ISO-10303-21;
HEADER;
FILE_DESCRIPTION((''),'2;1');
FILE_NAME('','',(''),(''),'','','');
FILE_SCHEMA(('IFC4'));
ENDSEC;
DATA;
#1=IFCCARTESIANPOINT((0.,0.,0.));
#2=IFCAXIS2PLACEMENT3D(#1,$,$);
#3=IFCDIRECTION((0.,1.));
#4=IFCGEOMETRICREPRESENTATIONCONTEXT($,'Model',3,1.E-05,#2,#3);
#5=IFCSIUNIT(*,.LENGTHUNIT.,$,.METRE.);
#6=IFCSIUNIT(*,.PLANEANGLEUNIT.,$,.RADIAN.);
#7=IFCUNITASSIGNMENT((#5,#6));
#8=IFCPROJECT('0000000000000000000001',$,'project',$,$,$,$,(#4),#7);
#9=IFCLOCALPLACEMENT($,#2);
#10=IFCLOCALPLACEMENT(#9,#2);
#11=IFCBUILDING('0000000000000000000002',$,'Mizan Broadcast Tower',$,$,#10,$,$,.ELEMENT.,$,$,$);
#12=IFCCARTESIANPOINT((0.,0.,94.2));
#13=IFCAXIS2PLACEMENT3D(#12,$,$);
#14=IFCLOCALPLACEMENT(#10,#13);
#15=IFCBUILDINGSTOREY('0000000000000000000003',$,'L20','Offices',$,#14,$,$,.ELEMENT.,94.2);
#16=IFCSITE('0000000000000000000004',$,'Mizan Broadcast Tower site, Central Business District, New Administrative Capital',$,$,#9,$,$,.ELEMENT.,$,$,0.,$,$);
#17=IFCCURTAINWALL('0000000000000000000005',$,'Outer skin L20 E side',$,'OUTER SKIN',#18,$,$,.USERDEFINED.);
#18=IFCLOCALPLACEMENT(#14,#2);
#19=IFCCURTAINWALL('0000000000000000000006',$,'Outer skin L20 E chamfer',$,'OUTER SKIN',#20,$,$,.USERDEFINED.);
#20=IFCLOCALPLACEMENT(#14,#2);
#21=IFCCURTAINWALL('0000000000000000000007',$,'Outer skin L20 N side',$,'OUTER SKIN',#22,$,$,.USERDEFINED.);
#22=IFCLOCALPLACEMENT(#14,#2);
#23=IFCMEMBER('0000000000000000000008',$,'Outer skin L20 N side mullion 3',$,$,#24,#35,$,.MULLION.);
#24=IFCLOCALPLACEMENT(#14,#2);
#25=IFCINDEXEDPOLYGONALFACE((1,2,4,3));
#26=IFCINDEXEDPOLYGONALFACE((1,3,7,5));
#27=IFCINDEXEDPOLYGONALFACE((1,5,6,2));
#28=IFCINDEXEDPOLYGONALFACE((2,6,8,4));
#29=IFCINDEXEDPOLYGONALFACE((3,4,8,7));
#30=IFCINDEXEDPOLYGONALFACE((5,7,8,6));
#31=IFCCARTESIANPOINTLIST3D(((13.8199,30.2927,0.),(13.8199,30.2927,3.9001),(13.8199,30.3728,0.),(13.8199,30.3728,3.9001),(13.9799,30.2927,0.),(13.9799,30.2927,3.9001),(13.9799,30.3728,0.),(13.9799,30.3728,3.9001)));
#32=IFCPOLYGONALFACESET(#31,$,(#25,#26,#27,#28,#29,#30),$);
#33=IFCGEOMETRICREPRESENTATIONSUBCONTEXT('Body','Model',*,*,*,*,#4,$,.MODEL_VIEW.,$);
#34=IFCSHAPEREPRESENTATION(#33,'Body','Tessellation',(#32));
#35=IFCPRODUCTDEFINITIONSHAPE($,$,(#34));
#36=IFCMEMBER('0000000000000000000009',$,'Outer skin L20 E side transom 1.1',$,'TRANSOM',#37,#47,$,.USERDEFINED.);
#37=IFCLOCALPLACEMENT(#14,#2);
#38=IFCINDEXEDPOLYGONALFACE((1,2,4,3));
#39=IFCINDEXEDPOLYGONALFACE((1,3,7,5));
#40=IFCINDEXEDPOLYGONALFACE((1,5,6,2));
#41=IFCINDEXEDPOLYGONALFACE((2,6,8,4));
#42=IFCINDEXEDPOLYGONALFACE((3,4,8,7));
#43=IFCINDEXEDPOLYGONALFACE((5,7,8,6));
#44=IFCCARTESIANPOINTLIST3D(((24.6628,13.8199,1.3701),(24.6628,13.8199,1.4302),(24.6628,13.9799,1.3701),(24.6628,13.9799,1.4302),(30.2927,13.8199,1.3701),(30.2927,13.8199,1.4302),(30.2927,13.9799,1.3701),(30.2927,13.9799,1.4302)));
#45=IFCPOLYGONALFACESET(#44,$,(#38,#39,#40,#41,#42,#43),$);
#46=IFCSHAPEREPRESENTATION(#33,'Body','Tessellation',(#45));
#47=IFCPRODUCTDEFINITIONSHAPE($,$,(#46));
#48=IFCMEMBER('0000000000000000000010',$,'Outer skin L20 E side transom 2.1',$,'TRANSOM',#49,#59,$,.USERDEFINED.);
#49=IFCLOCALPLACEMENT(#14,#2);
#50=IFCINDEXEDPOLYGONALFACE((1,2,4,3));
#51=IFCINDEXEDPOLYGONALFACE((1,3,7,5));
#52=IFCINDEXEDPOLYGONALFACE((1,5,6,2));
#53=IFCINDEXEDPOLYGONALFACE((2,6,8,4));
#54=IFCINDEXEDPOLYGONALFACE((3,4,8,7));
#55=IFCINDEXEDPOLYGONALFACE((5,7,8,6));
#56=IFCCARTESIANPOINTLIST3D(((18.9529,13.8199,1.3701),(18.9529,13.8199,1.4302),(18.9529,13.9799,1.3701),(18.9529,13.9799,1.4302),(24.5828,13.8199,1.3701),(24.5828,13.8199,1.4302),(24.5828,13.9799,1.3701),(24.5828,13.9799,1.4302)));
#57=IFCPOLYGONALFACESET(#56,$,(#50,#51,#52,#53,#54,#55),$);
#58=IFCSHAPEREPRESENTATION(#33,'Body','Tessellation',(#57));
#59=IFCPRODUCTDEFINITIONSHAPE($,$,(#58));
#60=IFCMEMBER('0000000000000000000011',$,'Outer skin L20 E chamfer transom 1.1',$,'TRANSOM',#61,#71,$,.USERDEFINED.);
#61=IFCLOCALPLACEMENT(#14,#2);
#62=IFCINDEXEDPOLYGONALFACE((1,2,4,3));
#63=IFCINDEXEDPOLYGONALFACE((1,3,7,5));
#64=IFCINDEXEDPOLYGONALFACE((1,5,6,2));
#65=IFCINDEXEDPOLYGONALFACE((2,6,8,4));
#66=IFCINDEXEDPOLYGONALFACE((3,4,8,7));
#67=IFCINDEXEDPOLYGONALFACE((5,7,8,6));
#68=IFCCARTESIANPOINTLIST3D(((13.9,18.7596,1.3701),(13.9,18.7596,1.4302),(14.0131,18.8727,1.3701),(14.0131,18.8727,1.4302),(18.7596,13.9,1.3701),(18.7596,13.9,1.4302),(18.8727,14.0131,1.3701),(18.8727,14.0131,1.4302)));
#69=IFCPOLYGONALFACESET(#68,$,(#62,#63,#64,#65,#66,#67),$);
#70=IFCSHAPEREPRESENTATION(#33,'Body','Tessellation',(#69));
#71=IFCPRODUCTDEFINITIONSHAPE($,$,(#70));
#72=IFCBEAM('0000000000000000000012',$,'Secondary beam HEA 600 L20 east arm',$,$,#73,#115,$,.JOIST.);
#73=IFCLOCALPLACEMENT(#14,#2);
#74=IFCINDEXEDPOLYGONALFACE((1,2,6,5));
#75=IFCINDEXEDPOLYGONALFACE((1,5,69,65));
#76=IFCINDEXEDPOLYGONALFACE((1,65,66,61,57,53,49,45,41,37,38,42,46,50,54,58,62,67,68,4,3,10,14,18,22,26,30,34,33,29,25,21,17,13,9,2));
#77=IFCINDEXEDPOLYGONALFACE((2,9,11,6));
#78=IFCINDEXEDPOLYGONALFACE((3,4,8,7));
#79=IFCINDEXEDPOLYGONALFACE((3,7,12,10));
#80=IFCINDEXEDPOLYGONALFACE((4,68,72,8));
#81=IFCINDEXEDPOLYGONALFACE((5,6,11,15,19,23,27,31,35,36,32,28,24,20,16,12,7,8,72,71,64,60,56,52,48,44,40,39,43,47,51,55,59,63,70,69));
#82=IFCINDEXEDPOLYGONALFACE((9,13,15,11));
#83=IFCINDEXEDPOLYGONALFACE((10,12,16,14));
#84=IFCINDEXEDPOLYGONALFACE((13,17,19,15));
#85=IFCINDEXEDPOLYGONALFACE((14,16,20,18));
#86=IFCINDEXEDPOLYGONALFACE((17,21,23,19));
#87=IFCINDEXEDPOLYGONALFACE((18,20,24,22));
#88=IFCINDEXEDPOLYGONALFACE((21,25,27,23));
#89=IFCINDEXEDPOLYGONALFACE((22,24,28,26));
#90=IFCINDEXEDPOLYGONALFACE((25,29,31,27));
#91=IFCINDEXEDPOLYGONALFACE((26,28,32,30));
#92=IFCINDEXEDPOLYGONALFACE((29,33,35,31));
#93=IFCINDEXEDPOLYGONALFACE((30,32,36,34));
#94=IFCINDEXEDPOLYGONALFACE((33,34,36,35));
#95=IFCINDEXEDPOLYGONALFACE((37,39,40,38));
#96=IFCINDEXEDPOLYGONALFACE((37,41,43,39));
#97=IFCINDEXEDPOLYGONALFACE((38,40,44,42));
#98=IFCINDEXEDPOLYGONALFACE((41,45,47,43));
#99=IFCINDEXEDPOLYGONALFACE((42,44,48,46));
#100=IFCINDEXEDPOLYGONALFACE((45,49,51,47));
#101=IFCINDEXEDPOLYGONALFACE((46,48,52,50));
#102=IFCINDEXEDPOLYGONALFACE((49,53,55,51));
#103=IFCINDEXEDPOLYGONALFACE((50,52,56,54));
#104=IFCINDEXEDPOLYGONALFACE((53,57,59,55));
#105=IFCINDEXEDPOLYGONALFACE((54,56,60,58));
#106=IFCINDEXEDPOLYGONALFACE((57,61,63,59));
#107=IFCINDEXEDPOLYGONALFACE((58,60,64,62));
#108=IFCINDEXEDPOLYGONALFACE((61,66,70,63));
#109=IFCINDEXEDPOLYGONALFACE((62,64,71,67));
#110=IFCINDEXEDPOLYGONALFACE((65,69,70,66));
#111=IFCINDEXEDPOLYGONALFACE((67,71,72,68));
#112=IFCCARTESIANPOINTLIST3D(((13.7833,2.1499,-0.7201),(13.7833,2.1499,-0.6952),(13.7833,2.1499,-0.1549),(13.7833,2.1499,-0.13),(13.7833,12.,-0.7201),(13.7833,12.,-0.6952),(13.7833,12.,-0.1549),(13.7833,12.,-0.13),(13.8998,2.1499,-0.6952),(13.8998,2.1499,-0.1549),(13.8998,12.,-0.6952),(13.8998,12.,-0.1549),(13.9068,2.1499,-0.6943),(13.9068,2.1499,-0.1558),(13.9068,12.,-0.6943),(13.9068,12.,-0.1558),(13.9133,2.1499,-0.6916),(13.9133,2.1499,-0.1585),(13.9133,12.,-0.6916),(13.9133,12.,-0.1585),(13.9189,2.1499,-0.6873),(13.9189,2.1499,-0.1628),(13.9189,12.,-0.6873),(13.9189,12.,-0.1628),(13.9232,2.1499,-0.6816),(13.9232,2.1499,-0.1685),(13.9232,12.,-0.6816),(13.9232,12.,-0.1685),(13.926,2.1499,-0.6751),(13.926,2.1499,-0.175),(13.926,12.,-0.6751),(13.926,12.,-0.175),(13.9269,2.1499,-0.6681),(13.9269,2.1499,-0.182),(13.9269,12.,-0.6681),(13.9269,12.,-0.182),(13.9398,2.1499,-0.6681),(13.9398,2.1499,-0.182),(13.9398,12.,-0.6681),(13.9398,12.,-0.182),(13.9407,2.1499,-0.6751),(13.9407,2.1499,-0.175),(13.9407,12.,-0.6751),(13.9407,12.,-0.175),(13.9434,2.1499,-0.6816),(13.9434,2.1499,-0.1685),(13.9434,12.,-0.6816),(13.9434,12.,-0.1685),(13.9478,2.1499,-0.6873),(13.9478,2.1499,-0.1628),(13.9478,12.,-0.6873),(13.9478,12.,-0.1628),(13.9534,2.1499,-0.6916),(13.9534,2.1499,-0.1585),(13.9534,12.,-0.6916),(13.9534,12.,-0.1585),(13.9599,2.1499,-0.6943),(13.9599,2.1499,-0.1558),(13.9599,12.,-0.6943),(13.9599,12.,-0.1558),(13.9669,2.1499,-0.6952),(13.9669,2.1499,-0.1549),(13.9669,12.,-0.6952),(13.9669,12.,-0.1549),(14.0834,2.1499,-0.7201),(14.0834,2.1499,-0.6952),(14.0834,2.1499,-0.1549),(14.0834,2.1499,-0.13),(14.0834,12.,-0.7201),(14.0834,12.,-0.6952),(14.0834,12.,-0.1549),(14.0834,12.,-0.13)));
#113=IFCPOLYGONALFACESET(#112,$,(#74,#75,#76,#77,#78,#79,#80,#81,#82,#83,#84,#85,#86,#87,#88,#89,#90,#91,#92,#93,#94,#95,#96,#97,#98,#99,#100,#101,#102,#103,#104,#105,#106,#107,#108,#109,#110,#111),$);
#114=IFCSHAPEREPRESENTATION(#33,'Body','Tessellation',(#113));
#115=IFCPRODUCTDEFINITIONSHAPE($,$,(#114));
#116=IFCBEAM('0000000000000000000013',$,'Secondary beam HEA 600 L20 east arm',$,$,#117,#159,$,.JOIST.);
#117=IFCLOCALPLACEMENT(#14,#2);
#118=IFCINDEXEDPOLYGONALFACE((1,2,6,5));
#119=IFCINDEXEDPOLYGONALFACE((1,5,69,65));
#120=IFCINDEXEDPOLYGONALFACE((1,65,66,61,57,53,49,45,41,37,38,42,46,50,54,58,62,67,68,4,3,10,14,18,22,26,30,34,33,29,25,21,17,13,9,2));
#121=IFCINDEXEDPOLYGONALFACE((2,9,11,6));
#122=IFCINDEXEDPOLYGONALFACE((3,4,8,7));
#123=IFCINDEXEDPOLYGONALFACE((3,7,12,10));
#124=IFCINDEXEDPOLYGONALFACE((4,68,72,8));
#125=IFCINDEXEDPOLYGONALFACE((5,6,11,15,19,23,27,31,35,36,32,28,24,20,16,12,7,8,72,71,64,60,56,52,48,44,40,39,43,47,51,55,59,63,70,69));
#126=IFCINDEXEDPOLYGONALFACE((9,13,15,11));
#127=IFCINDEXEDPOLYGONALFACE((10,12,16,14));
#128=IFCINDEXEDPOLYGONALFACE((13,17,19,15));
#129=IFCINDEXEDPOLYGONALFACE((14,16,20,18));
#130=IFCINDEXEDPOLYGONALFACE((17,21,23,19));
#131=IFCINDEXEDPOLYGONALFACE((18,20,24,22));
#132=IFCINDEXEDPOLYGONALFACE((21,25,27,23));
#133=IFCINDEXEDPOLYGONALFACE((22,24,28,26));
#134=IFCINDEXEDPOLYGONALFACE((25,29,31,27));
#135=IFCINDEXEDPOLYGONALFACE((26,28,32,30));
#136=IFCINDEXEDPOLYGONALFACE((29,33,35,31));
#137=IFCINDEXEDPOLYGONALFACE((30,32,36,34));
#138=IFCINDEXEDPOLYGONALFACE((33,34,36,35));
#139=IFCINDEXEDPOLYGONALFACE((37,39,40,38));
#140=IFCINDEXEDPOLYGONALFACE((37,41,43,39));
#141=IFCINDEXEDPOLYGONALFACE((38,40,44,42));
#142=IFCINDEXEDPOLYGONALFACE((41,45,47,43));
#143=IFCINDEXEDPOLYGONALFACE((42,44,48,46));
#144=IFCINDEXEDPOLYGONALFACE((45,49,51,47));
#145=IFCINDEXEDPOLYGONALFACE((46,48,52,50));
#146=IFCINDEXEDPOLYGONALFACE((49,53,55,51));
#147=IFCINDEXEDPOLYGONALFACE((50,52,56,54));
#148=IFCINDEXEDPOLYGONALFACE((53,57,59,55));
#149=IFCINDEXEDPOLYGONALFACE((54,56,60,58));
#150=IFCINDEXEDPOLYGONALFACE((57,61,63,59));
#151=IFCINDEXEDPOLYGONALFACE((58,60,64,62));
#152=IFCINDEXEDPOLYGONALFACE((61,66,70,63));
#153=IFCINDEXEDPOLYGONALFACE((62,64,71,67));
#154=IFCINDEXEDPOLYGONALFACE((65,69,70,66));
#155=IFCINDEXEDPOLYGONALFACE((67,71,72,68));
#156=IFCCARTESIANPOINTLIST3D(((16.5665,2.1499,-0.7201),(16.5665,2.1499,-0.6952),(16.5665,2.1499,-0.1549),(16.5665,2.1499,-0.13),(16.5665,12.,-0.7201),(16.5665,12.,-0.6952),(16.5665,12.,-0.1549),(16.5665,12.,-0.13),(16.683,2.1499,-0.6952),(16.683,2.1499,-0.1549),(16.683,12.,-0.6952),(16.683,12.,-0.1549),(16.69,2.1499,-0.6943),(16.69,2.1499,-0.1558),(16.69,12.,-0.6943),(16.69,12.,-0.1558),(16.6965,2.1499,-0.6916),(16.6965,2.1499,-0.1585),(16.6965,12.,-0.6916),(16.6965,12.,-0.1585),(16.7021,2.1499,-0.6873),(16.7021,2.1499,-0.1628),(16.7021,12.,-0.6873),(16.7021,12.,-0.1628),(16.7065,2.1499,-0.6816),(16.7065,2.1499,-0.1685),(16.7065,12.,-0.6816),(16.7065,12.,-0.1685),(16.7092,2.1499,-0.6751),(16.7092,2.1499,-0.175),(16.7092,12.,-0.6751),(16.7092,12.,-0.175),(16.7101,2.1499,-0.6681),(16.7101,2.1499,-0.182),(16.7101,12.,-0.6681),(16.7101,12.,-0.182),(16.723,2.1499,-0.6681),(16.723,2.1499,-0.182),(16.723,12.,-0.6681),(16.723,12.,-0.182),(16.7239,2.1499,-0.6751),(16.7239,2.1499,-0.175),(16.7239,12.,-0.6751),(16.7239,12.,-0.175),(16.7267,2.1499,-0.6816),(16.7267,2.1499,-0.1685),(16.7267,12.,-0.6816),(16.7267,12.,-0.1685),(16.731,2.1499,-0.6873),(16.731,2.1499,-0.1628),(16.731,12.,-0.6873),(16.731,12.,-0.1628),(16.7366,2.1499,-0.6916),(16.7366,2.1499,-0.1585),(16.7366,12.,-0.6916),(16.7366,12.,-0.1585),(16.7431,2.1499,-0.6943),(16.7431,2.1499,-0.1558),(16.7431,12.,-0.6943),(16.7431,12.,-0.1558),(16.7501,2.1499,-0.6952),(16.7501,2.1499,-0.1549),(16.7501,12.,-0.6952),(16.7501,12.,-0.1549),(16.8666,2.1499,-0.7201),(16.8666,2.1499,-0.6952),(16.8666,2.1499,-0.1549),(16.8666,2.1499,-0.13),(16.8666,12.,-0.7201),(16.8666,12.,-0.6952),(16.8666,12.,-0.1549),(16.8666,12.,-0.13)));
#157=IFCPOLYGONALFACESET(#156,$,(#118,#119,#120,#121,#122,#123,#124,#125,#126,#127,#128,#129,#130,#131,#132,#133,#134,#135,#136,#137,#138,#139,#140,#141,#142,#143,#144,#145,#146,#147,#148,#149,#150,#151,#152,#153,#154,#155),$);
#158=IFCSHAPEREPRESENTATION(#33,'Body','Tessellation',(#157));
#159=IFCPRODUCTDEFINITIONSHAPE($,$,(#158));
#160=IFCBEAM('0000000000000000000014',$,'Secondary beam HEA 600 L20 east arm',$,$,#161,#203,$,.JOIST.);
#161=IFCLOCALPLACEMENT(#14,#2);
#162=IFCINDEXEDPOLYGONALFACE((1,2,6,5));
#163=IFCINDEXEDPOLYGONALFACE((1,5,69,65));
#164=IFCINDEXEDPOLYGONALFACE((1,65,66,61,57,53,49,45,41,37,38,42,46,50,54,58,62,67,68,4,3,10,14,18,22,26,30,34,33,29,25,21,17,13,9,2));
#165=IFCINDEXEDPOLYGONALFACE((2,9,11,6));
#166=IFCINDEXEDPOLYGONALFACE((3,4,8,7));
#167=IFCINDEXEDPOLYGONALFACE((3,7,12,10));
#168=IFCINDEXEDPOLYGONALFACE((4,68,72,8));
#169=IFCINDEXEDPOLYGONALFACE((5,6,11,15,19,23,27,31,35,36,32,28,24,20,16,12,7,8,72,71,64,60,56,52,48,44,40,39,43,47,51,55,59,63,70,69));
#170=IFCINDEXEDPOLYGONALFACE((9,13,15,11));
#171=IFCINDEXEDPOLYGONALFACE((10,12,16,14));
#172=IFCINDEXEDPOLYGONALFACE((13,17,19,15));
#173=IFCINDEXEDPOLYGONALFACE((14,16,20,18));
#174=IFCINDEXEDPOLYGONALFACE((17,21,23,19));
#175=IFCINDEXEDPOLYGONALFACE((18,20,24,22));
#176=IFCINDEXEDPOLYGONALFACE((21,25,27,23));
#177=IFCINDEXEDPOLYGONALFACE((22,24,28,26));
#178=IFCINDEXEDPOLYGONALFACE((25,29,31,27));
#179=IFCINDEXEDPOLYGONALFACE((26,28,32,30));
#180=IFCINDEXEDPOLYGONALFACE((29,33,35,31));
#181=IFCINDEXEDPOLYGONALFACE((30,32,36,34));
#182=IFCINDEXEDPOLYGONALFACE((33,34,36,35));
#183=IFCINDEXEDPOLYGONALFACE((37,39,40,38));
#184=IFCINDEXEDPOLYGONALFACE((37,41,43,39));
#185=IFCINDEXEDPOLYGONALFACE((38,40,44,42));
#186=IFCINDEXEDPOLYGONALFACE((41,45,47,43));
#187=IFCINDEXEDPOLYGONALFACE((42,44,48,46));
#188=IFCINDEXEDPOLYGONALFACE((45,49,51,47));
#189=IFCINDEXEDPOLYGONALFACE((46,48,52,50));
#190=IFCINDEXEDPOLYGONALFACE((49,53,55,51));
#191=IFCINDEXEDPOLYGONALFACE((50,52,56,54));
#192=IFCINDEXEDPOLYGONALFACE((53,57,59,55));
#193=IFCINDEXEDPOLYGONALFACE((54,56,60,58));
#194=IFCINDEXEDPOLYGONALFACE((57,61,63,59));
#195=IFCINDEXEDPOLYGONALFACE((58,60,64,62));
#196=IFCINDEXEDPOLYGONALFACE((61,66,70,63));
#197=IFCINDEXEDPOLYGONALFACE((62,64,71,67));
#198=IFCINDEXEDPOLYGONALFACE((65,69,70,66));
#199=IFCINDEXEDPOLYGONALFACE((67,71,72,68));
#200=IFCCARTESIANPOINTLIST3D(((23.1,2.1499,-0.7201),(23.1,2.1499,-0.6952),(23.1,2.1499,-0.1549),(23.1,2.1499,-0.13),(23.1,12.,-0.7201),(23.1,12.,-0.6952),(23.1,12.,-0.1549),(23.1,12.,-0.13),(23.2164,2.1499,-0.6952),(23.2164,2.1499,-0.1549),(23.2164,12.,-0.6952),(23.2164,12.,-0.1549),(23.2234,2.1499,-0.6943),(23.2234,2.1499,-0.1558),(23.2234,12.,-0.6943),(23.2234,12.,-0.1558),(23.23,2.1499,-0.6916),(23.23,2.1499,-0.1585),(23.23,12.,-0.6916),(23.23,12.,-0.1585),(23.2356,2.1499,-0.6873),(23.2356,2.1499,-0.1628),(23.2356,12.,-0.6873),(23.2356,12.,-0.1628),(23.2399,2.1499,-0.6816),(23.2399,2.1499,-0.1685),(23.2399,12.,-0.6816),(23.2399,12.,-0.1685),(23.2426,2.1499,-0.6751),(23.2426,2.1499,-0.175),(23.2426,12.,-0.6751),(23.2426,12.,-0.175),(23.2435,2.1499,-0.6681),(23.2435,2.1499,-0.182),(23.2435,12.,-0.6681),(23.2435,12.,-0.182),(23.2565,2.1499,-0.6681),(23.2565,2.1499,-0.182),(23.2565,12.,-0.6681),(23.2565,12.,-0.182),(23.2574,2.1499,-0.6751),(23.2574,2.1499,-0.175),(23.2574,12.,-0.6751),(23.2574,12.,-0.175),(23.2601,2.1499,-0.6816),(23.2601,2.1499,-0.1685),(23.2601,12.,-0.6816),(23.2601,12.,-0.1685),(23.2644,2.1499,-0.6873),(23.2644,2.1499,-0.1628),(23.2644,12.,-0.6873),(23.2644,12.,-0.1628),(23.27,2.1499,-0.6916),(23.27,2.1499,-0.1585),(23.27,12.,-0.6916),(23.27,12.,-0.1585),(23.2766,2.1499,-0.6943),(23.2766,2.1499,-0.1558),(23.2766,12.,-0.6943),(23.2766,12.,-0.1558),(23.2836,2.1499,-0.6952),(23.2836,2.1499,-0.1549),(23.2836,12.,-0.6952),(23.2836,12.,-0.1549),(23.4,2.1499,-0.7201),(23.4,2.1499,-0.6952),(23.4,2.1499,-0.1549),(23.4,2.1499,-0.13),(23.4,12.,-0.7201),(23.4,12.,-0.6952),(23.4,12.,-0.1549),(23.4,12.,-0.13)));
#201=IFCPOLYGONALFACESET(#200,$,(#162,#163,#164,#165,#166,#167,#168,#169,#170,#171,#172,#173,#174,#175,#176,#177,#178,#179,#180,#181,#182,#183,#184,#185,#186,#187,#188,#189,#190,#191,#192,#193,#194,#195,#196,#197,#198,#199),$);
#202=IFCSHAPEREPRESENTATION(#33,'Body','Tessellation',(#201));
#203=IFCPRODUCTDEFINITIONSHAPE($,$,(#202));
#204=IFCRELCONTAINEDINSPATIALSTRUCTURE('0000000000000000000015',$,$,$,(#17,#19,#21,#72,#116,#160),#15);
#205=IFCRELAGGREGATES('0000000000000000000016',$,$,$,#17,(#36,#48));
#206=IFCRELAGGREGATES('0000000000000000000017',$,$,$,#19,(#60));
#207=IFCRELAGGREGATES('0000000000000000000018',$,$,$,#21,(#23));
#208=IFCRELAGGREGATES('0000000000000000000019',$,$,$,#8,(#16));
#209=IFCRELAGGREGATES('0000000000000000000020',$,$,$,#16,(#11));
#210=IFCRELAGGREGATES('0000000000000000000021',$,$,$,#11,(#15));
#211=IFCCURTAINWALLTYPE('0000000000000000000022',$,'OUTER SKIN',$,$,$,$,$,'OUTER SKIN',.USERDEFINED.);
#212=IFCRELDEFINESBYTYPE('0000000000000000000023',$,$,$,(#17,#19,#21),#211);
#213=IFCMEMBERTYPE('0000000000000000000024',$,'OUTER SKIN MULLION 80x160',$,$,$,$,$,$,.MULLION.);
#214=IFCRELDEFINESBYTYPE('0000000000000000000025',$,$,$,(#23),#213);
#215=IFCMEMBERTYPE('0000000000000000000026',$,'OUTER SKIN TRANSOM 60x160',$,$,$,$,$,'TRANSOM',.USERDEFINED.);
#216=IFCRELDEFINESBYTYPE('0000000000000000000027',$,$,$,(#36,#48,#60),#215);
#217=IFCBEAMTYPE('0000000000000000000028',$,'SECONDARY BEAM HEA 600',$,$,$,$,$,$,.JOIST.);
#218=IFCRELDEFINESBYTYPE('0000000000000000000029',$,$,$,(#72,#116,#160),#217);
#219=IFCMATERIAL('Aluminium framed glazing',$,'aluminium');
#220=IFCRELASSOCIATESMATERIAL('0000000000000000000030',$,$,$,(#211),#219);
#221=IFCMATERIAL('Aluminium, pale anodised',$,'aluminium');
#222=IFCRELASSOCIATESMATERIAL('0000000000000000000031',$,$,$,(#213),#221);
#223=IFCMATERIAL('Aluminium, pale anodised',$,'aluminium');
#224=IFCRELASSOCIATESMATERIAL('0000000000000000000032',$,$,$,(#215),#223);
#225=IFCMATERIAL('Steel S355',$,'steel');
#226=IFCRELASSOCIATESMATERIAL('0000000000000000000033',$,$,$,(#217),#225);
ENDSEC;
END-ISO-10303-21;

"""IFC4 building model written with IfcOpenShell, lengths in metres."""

from ifc_helpers import new_model, si_unit, direction, frame, origin, origin_2d, place, context, subcontext, project, spatial, rectangle, i_section, extrude, material, material_profile, profile_set, type_object, element, aggregate, save


model = new_model("IFC4")

# Units and contexts
model_context = context("Model", 3, precision=1e-05, world=origin(), true_north=direction((0.0, 1.0)))
body_context = subcontext(model_context, "Body", "Model", "MODEL_VIEW")
ifc_project = project(units=[si_unit("LENGTHUNIT", "METRE"), si_unit("PLANEANGLEUNIT", "RADIAN")], contexts=[model_context])

# Site, building, storey
site_placement = place(None, origin())
site = spatial("IfcSite", under=ifc_project, at=site_placement, Name="Mizan Broadcast Tower site, Central Business District, New Administrative Capital", CompositionType="ELEMENT", RefElevation=0.0)
building_placement = place(site_placement, origin())
building = spatial("IfcBuilding", under=site, at=building_placement, Name="Mizan Broadcast Tower", CompositionType="ELEMENT")
storey_placement = place(building_placement, frame((0.0, 0.0, 94.2)))
storey = spatial("IfcBuildingStorey", under=building, at=storey_placement, Name="L20", Description="Offices", CompositionType="ELEMENT", Elevation=94.2)

# Shared definitions
ifc_material_1 = material(Name="Aluminium framed glazing", Category="aluminium")
curtain_wall_type_1 = type_object("IfcCurtainWallType", Name="OUTER SKIN", ElementType="OUTER SKIN", PredefinedType="USERDEFINED", material=ifc_material_1)
ifc_material_2 = material(Name="Aluminium, pale anodised", Category="aluminium")
ifc_material_profile_1 = material_profile(ifc_material_2, rectangle(XDim=0.1599, YDim=0.0801, at=origin_2d()), Name="MULLION 160x80")
ifc_profile_set_1 = profile_set([ifc_material_profile_1], Name="Aluminium, pale anodised")
member_type_1 = type_object("IfcMemberType", Name="OUTER SKIN MULLION 80x160", PredefinedType="MULLION", material=ifc_profile_set_1)

# Curtain wall
curtain_wall_1_placement = place(storey_placement, origin())
curtain_wall_1 = element("IfcCurtainWall", 1, at=curtain_wall_1_placement, inside=storey, type_object=curtain_wall_type_1, Name="Outer skin L20 E side", ObjectType="OUTER SKIN", PredefinedType="USERDEFINED")

# Curtain walls, member
curtain_wall_2_placement = place(storey_placement, origin())
curtain_wall_2 = element("IfcCurtainWall", 2, at=curtain_wall_2_placement, inside=storey, type_object=curtain_wall_type_1, Name="Outer skin L20 E chamfer", ObjectType="OUTER SKIN", PredefinedType="USERDEFINED")
curtain_wall_3_placement = place(storey_placement, origin())
curtain_wall_3 = element("IfcCurtainWall", 3, at=curtain_wall_3_placement, inside=storey, type_object=curtain_wall_type_1, Name="Outer skin L20 N side", ObjectType="OUTER SKIN", PredefinedType="USERDEFINED")
member_1_placement = place(storey_placement, frame((13.8999, 30.3328, 0.0), z_axis=(0.0, 0.0, 1.0), x_axis=(-1.0, 0.0, 0.0)))
member_1 = element("IfcMember", 4, at=member_1_placement, type_object=member_type_1, Name="Outer skin L20 N side mullion 3", PredefinedType="MULLION", context=body_context, shape_type="SweptSolid", body=[
    extrude(rectangle(XDim=0.1599, YDim=0.0801, at=origin_2d()), origin(), (0.0, 0.0, 1.0), 3.9001),
])

# Members
ifc_material_3 = material(Name="Aluminium, pale anodised", Category="aluminium")
ifc_material_profile_2 = material_profile(ifc_material_3, rectangle(XDim=0.1599, YDim=0.0601, at=origin_2d()), Name="TRANSOM 160x60")
ifc_profile_set_2 = profile_set([ifc_material_profile_2], Name="Aluminium, pale anodised")
member_type_2 = type_object("IfcMemberType", Name="OUTER SKIN TRANSOM 60x160", ElementType="TRANSOM", PredefinedType="USERDEFINED", material=ifc_profile_set_2)
member_2_placement = place(storey_placement, frame((30.2927, 13.8999, 1.4001), z_axis=(-1.0, 0.0, 0.0), x_axis=(0.0, -1.0, 0.0)))
member_2 = element("IfcMember", 5, at=member_2_placement, type_object=member_type_2, Name="Outer skin L20 E side transom 1.1", ObjectType="TRANSOM", PredefinedType="USERDEFINED", context=body_context, shape_type="SweptSolid", body=[
    extrude(rectangle(XDim=0.1599, YDim=0.0601, at=origin_2d()), origin(), (0.0, 0.0, 1.0), 5.6299),
])
member_3_placement = place(storey_placement, frame((24.5828, 13.8999, 1.4001), z_axis=(-1.0, 0.0, 0.0), x_axis=(0.0, -1.0, 0.0)))
member_3 = element("IfcMember", 6, at=member_3_placement, type_object=member_type_2, Name="Outer skin L20 E side transom 2.1", ObjectType="TRANSOM", PredefinedType="USERDEFINED", context=body_context, shape_type="SweptSolid", body=[
    extrude(rectangle(XDim=0.1599, YDim=0.0601, at=origin_2d()), origin(), (0.0, 0.0, 1.0), 5.6299),
])
member_4_placement = place(storey_placement, frame((18.8162, 13.9565, 1.4001), z_axis=(-0.707107, 0.707107, 0.0), x_axis=(-0.707107, -0.707107, 0.0)))
member_4 = element("IfcMember", 7, at=member_4_placement, type_object=member_type_2, Name="Outer skin L20 E chamfer transom 1.1", ObjectType="TRANSOM", PredefinedType="USERDEFINED", context=body_context, shape_type="SweptSolid", body=[
    extrude(rectangle(XDim=0.1599, YDim=0.0601, at=origin_2d()), origin(), (0.0, 0.0, 1.0), 6.8726),
])

# Beams
ifc_material_4 = material(Name="Steel S355", Category="steel")
ifc_material_profile_3 = material_profile(ifc_material_4, i_section(OverallWidth=0.3, OverallDepth=0.5901, WebThickness=0.0129, FlangeThickness=0.0249, FilletRadius=0.0271, at=origin_2d()), Name="HEA 600")
ifc_profile_set_3 = profile_set([ifc_material_profile_3], Name="Steel S355")
beam_type_1 = type_object("IfcBeamType", Name="SECONDARY BEAM HEA 600", PredefinedType="JOIST", material=ifc_profile_set_3)
for number, where, z_axis, x_axis, name in (
    (8, (13.9333, 12.0, -0.425), (0.0, -1.0, 0.0), (1.0, 0.0, 0.0), "Secondary beam HEA 600 L20 east arm"),
    (9, (16.7166, 12.0, -0.425), (0.0, -1.0, 0.0), (1.0, 0.0, 0.0), "Secondary beam HEA 600 L20 east arm"),
    (10, (23.25, 12.0, -0.425), (0.0, -1.0, 0.0), (1.0, 0.0, 0.0), "Secondary beam HEA 600 L20 east arm"),
):
    element("IfcBeam", number, at=place(storey_placement, frame(where, z_axis=z_axis, x_axis=x_axis)), inside=storey, type_object=beam_type_1, Name=name, PredefinedType="JOIST", context=body_context, shape_type="SweptSolid", body=[
        extrude(i_section(OverallWidth=0.3, OverallDepth=0.5901, WebThickness=0.0129, FlangeThickness=0.0249, FilletRadius=0.0271, at=origin_2d()), origin(), (0.0, 0.0, 1.0), 9.8501),
    ])

aggregate(curtain_wall_1, [member_2, member_3])
aggregate(curtain_wall_2, [member_4])
aggregate(curtain_wall_3, [member_1])

save(model, "model.ifc")
